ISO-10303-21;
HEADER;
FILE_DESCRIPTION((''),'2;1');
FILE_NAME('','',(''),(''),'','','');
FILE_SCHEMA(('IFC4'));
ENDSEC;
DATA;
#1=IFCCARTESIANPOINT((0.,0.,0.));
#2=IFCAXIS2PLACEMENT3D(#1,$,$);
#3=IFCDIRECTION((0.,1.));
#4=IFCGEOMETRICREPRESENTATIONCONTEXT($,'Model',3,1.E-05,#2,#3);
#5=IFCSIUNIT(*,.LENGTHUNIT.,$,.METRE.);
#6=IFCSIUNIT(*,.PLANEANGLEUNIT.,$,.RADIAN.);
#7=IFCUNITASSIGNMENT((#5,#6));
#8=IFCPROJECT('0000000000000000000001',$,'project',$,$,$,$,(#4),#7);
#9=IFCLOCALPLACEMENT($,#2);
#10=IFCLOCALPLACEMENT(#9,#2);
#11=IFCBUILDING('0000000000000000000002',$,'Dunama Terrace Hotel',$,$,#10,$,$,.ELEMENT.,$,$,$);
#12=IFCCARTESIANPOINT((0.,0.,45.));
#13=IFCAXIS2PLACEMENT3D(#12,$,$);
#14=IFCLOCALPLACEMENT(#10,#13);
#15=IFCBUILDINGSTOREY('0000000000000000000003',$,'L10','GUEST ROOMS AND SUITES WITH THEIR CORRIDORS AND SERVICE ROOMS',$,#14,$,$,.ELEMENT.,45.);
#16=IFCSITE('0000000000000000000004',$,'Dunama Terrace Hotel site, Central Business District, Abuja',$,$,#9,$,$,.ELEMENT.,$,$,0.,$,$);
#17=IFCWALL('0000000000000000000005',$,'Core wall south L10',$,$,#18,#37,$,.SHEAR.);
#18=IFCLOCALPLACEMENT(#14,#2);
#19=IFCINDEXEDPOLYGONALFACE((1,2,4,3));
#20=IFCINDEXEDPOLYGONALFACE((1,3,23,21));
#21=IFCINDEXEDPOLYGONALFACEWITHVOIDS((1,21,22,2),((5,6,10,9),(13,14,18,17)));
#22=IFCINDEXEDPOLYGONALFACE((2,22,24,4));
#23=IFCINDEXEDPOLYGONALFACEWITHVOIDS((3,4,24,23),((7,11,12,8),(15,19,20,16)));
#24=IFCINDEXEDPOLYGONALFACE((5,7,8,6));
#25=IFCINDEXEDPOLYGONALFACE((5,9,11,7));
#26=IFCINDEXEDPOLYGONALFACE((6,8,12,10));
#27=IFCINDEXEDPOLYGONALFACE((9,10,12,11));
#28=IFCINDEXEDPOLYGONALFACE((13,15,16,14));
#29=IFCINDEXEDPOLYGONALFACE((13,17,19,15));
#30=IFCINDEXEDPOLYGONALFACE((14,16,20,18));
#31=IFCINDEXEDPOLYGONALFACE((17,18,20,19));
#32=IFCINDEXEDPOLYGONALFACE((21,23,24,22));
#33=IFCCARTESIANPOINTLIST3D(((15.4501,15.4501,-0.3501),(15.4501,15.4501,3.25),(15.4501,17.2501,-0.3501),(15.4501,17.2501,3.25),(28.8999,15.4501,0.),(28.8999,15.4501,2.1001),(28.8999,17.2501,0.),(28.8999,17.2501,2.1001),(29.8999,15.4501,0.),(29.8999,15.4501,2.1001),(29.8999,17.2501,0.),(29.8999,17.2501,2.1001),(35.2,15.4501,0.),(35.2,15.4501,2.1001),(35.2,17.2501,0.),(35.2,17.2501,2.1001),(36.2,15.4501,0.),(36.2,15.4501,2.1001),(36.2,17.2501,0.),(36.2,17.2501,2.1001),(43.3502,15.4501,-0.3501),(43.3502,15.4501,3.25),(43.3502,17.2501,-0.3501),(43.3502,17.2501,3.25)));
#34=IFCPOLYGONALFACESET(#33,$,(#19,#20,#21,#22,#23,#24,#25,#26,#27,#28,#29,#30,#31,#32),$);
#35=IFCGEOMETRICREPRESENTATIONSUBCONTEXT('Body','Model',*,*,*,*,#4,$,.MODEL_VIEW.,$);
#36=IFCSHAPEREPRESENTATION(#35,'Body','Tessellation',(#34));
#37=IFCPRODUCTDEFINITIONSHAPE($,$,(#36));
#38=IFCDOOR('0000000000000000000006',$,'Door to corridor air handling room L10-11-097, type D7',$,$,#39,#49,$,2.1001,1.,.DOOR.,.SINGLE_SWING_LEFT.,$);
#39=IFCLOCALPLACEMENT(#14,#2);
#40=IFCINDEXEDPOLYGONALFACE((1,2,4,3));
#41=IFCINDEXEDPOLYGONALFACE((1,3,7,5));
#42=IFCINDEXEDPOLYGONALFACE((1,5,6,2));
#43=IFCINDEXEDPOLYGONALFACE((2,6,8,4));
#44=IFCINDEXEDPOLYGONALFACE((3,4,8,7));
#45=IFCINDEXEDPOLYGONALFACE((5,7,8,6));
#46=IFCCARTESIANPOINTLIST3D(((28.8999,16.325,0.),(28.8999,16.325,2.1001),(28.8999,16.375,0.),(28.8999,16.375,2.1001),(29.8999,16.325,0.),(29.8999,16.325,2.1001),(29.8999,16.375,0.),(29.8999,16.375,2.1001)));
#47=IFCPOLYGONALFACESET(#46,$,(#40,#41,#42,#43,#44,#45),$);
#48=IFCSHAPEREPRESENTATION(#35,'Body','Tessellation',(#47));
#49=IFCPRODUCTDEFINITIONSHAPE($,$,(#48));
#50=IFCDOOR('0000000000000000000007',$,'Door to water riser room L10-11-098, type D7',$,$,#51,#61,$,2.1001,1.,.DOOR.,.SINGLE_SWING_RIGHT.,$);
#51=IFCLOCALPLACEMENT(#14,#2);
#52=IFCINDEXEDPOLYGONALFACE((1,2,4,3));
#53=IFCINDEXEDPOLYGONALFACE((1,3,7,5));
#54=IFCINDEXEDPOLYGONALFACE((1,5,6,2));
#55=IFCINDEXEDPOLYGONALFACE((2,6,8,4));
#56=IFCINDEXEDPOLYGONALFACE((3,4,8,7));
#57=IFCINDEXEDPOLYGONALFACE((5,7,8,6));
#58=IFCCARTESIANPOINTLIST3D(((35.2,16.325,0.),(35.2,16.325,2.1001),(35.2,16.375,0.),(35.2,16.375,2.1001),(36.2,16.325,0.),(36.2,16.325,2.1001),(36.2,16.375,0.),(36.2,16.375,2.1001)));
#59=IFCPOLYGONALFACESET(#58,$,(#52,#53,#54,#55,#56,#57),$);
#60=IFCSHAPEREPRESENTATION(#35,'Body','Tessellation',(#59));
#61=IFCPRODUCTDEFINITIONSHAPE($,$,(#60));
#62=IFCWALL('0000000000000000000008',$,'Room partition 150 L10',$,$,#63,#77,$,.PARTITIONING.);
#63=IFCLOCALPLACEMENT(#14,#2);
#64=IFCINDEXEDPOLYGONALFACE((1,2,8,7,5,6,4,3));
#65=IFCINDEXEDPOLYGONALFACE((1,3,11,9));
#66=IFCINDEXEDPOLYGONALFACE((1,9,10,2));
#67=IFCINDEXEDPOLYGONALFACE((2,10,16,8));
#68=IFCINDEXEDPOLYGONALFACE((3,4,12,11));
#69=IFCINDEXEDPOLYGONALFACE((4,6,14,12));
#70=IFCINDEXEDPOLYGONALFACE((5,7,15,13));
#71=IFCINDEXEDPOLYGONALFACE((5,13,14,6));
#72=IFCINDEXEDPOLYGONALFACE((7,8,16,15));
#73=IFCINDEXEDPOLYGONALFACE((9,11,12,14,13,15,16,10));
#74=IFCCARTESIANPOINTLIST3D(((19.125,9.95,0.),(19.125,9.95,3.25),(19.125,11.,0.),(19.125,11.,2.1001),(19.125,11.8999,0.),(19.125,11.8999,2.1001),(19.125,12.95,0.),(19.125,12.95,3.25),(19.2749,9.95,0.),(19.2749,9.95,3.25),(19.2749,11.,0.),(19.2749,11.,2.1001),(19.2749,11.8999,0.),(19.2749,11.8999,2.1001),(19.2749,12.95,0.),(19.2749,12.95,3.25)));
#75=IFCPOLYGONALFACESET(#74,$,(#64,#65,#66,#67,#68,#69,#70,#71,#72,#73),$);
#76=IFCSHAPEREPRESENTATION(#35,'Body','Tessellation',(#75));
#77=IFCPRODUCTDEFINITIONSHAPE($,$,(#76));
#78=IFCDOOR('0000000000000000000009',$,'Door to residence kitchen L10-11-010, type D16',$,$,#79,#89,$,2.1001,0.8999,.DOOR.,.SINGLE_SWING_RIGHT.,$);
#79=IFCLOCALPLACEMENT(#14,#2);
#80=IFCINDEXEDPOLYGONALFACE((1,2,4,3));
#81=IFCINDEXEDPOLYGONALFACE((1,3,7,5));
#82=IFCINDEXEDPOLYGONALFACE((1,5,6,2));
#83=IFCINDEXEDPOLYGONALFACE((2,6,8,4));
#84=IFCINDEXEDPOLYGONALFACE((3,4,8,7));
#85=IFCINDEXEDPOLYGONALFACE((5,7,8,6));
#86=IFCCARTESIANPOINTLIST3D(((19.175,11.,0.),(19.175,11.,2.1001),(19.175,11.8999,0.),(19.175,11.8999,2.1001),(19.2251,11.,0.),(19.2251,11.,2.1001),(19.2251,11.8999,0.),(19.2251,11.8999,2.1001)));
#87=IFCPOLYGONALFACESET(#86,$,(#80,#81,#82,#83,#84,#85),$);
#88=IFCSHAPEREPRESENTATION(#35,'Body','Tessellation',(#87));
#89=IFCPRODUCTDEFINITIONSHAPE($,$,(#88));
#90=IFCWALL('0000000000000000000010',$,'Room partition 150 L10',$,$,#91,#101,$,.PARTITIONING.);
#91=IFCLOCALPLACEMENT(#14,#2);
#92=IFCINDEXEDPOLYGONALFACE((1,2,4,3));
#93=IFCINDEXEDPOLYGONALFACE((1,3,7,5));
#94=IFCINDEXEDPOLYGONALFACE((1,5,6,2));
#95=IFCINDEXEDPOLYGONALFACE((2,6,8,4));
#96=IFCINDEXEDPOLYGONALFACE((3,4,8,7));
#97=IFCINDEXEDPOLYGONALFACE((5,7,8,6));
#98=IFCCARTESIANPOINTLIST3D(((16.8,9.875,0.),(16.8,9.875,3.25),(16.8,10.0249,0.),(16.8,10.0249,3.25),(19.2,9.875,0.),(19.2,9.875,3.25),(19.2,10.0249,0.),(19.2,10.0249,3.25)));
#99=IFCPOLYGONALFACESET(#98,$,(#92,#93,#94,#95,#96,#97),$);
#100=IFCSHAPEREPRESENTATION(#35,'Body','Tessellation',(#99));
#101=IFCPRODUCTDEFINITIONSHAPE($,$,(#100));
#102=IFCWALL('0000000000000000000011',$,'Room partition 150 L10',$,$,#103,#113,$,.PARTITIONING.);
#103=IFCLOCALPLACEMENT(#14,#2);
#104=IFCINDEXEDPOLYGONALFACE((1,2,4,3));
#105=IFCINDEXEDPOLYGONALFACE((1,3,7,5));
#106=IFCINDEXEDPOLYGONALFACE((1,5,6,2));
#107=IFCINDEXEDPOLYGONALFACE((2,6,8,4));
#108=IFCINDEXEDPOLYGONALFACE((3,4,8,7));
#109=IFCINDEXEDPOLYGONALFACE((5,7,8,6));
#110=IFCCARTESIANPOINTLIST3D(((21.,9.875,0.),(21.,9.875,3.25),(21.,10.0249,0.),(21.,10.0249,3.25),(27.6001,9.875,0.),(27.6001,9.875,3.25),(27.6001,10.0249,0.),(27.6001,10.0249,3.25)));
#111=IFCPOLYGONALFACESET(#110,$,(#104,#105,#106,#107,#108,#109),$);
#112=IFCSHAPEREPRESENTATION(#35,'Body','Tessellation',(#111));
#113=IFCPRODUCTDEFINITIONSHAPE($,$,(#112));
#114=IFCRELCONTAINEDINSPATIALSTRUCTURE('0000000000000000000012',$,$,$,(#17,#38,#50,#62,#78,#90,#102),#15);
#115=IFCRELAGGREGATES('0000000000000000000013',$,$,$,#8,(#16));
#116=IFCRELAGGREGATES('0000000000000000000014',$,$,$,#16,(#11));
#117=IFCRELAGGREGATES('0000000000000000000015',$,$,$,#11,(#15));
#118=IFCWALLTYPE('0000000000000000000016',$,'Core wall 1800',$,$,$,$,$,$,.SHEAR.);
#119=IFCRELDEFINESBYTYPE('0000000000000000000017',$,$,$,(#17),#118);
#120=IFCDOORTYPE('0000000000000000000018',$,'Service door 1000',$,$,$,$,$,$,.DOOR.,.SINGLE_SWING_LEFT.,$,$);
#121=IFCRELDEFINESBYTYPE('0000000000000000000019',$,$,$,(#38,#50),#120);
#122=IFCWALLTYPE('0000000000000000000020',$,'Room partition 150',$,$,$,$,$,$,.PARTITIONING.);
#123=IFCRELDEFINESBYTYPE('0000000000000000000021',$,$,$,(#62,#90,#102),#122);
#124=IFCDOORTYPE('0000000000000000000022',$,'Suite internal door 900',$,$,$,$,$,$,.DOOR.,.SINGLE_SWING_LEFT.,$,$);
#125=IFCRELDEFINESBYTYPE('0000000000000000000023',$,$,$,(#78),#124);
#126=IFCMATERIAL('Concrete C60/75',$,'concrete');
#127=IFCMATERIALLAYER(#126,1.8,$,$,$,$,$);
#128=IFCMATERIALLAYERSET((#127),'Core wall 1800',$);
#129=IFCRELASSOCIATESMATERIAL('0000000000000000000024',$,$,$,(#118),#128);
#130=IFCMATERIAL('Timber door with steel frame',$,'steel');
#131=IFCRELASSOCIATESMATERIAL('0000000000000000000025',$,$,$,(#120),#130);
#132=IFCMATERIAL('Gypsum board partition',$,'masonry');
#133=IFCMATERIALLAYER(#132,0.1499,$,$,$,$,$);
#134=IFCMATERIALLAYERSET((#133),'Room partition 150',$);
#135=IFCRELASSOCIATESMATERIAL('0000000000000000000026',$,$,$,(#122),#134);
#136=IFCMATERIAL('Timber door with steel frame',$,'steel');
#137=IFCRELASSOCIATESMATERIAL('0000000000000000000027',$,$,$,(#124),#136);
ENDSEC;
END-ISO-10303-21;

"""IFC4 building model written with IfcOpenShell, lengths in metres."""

from ifc_helpers import new_model, si_unit, direction, frame, frame_2d, origin, place, context, subcontext, project, spatial, rectangle, extrude, material, layer, layer_set, type_object, element, fill, save


model = new_model("IFC4")

# Units and contexts
model_context = context("Model", 3, precision=1e-05, world=origin(), true_north=direction((0.0, 1.0)))
body_context = subcontext(model_context, "Body", "Model", "MODEL_VIEW")
ifc_project = project(units=[si_unit("LENGTHUNIT", "METRE"), si_unit("PLANEANGLEUNIT", "RADIAN")], contexts=[model_context])

# Site, building, storey
site_placement = place(None, origin())
site = spatial("IfcSite", under=ifc_project, at=site_placement, Name="Dunama Terrace Hotel site, Central Business District, Abuja", CompositionType="ELEMENT", RefElevation=0.0)
building_placement = place(site_placement, origin())
building = spatial("IfcBuilding", under=site, at=building_placement, Name="Dunama Terrace Hotel", CompositionType="ELEMENT")
storey_placement = place(building_placement, frame((0.0, 0.0, 45.0)))
storey = spatial("IfcBuildingStorey", under=building, at=storey_placement, Name="L10", Description="GUEST ROOMS AND SUITES WITH THEIR CORRIDORS AND SERVICE ROOMS", CompositionType="ELEMENT", Elevation=45.0)

# Wall, openings, doors
ifc_material_1 = material(Name="Concrete C60/75", Category="concrete")
ifc_layer_1 = layer(ifc_material_1, 1.8)
ifc_layer_set_1 = layer_set([ifc_layer_1], Name="Core wall 1800")
wall_type_1 = type_object("IfcWallType", Name="Core wall 1800", PredefinedType="SHEAR", material=ifc_layer_set_1)
wall_1_placement = place(storey_placement, frame((15.45, 16.3501, -0.3501), z_axis=(0.0, 0.0, 1.0), x_axis=(1.0, 0.0, 0.0)))
wall_1 = element("IfcWall", 1, at=wall_1_placement, inside=storey, type_object=wall_type_1, Name="Core wall south L10", PredefinedType="SHEAR", context=body_context, shape_type="SweptSolid", body=[
    extrude(rectangle(XDim=27.9001, YDim=1.8, at=frame_2d((13.9502, 0.0))), origin(), (0.0, 0.0, 1.0), 3.6001),
])
opening_1_placement = place(wall_1_placement, frame((13.45, 0.0, 0.3501)))
opening_1 = element("IfcOpeningElement", 2, at=opening_1_placement, cuts=wall_1, PredefinedType="OPENING", context=body_context, shape_type="SweptSolid", body=[
    extrude(rectangle(XDim=1.0, YDim=2.1001, at=frame_2d((0.5, 1.05))), frame((0.0, 0.9099, 0.0), z_axis=(0.0, -1.0, 0.0), x_axis=(1.0, 0.0, 0.0)), (0.0, 0.0, 1.0), 1.8201),
])
opening_2_placement = place(wall_1_placement, frame((19.75, 0.0, 0.3501)))
opening_2 = element("IfcOpeningElement", 3, at=opening_2_placement, cuts=wall_1, PredefinedType="OPENING", context=body_context, shape_type="SweptSolid", body=[
    extrude(rectangle(XDim=1.0, YDim=2.1001, at=frame_2d((0.5, 1.05))), frame((0.0, 0.9099, 0.0), z_axis=(0.0, -1.0, 0.0), x_axis=(1.0, 0.0, 0.0)), (0.0, 0.0, 1.0), 1.8201),
])
ifc_material_2 = material(Name="Timber door with steel frame", Category="steel")
door_type_1 = type_object("IfcDoorType", Name="Service door 1000", OperationType="SINGLE_SWING_LEFT", PredefinedType="DOOR", material=ifc_material_2)
door_1_placement = place(opening_1_placement, origin())
door_1 = element("IfcDoor", 4, at=door_1_placement, inside=storey, type_object=door_type_1, Name="Door to corridor air handling room L10-11-097, type D7", OperationType="SINGLE_SWING_LEFT", OverallHeight=2.1001, OverallWidth=1.0, PredefinedType="DOOR", context=body_context, shape_type="SweptSolid", body=[
    extrude(rectangle(XDim=1.0, YDim=2.1001, at=frame_2d((0.5, 1.05))), frame((0.0, 0.0249, 0.0), z_axis=(0.0, -1.0, 0.0), x_axis=(1.0, 0.0, 0.0)), (0.0, 0.0, 1.0), 0.05),
])
fill(opening_1, door_1)
door_2_placement = place(opening_2_placement, origin())
door_2 = element("IfcDoor", 5, at=door_2_placement, inside=storey, type_object=door_type_1, Name="Door to water riser room L10-11-098, type D7", OperationType="SINGLE_SWING_RIGHT", OverallHeight=2.1001, OverallWidth=1.0, PredefinedType="DOOR", context=body_context, shape_type="SweptSolid", body=[
    extrude(rectangle(XDim=1.0, YDim=2.1001, at=frame_2d((0.5, 1.05))), frame((0.0, 0.0249, 0.0), z_axis=(0.0, -1.0, 0.0), x_axis=(1.0, 0.0, 0.0)), (0.0, 0.0, 1.0), 0.05),
])
fill(opening_2, door_2)

# Wall, opening, door
ifc_material_3 = material(Name="Gypsum board partition", Category="masonry")
ifc_layer_2 = layer(ifc_material_3, 0.1499)
ifc_layer_set_2 = layer_set([ifc_layer_2], Name="Room partition 150")
wall_type_2 = type_object("IfcWallType", Name="Room partition 150", PredefinedType="PARTITIONING", material=ifc_layer_set_2)
wall_2_placement = place(storey_placement, frame((19.2, 9.95, 0.0), z_axis=(0.0, 0.0, 1.0), x_axis=(0.0, 1.0, 0.0)))
wall_2 = element("IfcWall", 6, at=wall_2_placement, inside=storey, type_object=wall_type_2, Name="Room partition 150 L10", PredefinedType="PARTITIONING", context=body_context, shape_type="SweptSolid", body=[
    extrude(rectangle(XDim=3.0, YDim=0.1499, at=frame_2d((1.5, 0.0))), origin(), (0.0, 0.0, 1.0), 3.25),
])
opening_3_placement = place(wall_2_placement, frame((1.05, 0.0, 0.0)))
opening_3 = element("IfcOpeningElement", 7, at=opening_3_placement, cuts=wall_2, PredefinedType="OPENING", context=body_context, shape_type="SweptSolid", body=[
    extrude(rectangle(XDim=0.8999, YDim=2.1001, at=frame_2d((0.45, 1.05))), frame((0.0, 0.085, 0.0), z_axis=(0.0, -1.0, 0.0), x_axis=(1.0, 0.0, 0.0)), (0.0, 0.0, 1.0), 0.1699),
])
ifc_material_4 = material(Name="Timber door with steel frame", Category="steel")
door_type_2 = type_object("IfcDoorType", Name="Suite internal door 900", OperationType="SINGLE_SWING_LEFT", PredefinedType="DOOR", material=ifc_material_4)
door_3_placement = place(opening_3_placement, origin())
door_3 = element("IfcDoor", 8, at=door_3_placement, inside=storey, type_object=door_type_2, Name="Door to residence kitchen L10-11-010, type D16", OperationType="SINGLE_SWING_RIGHT", OverallHeight=2.1001, OverallWidth=0.8999, PredefinedType="DOOR", context=body_context, shape_type="SweptSolid", body=[
    extrude(rectangle(XDim=0.8999, YDim=2.1001, at=frame_2d((0.45, 1.05))), frame((0.0, 0.0249, 0.0), z_axis=(0.0, -1.0, 0.0), x_axis=(1.0, 0.0, 0.0)), (0.0, 0.0, 1.0), 0.05),
])
fill(opening_3, door_3)

# Walls
wall_3_placement = place(storey_placement, frame((16.8, 9.95, 0.0), z_axis=(0.0, 0.0, 1.0), x_axis=(1.0, 0.0, 0.0)))
element("IfcWall", 9, at=wall_3_placement, inside=storey, type_object=wall_type_2, Name="Room partition 150 L10", PredefinedType="PARTITIONING", context=body_context, shape_type="SweptSolid", body=[
    extrude(rectangle(XDim=2.3999, YDim=0.1499, at=frame_2d((1.2, 0.0))), origin(), (0.0, 0.0, 1.0), 3.25),
])
wall_4_placement = place(storey_placement, frame((21.0, 9.95, 0.0), z_axis=(0.0, 0.0, 1.0), x_axis=(1.0, 0.0, 0.0)))
element("IfcWall", 10, at=wall_4_placement, inside=storey, type_object=wall_type_2, Name="Room partition 150 L10", PredefinedType="PARTITIONING", context=body_context, shape_type="SweptSolid", body=[
    extrude(rectangle(XDim=6.6001, YDim=0.1499, at=frame_2d((3.3, 0.0))), origin(), (0.0, 0.0, 1.0), 3.25),
])

save(model, "model.ifc")
